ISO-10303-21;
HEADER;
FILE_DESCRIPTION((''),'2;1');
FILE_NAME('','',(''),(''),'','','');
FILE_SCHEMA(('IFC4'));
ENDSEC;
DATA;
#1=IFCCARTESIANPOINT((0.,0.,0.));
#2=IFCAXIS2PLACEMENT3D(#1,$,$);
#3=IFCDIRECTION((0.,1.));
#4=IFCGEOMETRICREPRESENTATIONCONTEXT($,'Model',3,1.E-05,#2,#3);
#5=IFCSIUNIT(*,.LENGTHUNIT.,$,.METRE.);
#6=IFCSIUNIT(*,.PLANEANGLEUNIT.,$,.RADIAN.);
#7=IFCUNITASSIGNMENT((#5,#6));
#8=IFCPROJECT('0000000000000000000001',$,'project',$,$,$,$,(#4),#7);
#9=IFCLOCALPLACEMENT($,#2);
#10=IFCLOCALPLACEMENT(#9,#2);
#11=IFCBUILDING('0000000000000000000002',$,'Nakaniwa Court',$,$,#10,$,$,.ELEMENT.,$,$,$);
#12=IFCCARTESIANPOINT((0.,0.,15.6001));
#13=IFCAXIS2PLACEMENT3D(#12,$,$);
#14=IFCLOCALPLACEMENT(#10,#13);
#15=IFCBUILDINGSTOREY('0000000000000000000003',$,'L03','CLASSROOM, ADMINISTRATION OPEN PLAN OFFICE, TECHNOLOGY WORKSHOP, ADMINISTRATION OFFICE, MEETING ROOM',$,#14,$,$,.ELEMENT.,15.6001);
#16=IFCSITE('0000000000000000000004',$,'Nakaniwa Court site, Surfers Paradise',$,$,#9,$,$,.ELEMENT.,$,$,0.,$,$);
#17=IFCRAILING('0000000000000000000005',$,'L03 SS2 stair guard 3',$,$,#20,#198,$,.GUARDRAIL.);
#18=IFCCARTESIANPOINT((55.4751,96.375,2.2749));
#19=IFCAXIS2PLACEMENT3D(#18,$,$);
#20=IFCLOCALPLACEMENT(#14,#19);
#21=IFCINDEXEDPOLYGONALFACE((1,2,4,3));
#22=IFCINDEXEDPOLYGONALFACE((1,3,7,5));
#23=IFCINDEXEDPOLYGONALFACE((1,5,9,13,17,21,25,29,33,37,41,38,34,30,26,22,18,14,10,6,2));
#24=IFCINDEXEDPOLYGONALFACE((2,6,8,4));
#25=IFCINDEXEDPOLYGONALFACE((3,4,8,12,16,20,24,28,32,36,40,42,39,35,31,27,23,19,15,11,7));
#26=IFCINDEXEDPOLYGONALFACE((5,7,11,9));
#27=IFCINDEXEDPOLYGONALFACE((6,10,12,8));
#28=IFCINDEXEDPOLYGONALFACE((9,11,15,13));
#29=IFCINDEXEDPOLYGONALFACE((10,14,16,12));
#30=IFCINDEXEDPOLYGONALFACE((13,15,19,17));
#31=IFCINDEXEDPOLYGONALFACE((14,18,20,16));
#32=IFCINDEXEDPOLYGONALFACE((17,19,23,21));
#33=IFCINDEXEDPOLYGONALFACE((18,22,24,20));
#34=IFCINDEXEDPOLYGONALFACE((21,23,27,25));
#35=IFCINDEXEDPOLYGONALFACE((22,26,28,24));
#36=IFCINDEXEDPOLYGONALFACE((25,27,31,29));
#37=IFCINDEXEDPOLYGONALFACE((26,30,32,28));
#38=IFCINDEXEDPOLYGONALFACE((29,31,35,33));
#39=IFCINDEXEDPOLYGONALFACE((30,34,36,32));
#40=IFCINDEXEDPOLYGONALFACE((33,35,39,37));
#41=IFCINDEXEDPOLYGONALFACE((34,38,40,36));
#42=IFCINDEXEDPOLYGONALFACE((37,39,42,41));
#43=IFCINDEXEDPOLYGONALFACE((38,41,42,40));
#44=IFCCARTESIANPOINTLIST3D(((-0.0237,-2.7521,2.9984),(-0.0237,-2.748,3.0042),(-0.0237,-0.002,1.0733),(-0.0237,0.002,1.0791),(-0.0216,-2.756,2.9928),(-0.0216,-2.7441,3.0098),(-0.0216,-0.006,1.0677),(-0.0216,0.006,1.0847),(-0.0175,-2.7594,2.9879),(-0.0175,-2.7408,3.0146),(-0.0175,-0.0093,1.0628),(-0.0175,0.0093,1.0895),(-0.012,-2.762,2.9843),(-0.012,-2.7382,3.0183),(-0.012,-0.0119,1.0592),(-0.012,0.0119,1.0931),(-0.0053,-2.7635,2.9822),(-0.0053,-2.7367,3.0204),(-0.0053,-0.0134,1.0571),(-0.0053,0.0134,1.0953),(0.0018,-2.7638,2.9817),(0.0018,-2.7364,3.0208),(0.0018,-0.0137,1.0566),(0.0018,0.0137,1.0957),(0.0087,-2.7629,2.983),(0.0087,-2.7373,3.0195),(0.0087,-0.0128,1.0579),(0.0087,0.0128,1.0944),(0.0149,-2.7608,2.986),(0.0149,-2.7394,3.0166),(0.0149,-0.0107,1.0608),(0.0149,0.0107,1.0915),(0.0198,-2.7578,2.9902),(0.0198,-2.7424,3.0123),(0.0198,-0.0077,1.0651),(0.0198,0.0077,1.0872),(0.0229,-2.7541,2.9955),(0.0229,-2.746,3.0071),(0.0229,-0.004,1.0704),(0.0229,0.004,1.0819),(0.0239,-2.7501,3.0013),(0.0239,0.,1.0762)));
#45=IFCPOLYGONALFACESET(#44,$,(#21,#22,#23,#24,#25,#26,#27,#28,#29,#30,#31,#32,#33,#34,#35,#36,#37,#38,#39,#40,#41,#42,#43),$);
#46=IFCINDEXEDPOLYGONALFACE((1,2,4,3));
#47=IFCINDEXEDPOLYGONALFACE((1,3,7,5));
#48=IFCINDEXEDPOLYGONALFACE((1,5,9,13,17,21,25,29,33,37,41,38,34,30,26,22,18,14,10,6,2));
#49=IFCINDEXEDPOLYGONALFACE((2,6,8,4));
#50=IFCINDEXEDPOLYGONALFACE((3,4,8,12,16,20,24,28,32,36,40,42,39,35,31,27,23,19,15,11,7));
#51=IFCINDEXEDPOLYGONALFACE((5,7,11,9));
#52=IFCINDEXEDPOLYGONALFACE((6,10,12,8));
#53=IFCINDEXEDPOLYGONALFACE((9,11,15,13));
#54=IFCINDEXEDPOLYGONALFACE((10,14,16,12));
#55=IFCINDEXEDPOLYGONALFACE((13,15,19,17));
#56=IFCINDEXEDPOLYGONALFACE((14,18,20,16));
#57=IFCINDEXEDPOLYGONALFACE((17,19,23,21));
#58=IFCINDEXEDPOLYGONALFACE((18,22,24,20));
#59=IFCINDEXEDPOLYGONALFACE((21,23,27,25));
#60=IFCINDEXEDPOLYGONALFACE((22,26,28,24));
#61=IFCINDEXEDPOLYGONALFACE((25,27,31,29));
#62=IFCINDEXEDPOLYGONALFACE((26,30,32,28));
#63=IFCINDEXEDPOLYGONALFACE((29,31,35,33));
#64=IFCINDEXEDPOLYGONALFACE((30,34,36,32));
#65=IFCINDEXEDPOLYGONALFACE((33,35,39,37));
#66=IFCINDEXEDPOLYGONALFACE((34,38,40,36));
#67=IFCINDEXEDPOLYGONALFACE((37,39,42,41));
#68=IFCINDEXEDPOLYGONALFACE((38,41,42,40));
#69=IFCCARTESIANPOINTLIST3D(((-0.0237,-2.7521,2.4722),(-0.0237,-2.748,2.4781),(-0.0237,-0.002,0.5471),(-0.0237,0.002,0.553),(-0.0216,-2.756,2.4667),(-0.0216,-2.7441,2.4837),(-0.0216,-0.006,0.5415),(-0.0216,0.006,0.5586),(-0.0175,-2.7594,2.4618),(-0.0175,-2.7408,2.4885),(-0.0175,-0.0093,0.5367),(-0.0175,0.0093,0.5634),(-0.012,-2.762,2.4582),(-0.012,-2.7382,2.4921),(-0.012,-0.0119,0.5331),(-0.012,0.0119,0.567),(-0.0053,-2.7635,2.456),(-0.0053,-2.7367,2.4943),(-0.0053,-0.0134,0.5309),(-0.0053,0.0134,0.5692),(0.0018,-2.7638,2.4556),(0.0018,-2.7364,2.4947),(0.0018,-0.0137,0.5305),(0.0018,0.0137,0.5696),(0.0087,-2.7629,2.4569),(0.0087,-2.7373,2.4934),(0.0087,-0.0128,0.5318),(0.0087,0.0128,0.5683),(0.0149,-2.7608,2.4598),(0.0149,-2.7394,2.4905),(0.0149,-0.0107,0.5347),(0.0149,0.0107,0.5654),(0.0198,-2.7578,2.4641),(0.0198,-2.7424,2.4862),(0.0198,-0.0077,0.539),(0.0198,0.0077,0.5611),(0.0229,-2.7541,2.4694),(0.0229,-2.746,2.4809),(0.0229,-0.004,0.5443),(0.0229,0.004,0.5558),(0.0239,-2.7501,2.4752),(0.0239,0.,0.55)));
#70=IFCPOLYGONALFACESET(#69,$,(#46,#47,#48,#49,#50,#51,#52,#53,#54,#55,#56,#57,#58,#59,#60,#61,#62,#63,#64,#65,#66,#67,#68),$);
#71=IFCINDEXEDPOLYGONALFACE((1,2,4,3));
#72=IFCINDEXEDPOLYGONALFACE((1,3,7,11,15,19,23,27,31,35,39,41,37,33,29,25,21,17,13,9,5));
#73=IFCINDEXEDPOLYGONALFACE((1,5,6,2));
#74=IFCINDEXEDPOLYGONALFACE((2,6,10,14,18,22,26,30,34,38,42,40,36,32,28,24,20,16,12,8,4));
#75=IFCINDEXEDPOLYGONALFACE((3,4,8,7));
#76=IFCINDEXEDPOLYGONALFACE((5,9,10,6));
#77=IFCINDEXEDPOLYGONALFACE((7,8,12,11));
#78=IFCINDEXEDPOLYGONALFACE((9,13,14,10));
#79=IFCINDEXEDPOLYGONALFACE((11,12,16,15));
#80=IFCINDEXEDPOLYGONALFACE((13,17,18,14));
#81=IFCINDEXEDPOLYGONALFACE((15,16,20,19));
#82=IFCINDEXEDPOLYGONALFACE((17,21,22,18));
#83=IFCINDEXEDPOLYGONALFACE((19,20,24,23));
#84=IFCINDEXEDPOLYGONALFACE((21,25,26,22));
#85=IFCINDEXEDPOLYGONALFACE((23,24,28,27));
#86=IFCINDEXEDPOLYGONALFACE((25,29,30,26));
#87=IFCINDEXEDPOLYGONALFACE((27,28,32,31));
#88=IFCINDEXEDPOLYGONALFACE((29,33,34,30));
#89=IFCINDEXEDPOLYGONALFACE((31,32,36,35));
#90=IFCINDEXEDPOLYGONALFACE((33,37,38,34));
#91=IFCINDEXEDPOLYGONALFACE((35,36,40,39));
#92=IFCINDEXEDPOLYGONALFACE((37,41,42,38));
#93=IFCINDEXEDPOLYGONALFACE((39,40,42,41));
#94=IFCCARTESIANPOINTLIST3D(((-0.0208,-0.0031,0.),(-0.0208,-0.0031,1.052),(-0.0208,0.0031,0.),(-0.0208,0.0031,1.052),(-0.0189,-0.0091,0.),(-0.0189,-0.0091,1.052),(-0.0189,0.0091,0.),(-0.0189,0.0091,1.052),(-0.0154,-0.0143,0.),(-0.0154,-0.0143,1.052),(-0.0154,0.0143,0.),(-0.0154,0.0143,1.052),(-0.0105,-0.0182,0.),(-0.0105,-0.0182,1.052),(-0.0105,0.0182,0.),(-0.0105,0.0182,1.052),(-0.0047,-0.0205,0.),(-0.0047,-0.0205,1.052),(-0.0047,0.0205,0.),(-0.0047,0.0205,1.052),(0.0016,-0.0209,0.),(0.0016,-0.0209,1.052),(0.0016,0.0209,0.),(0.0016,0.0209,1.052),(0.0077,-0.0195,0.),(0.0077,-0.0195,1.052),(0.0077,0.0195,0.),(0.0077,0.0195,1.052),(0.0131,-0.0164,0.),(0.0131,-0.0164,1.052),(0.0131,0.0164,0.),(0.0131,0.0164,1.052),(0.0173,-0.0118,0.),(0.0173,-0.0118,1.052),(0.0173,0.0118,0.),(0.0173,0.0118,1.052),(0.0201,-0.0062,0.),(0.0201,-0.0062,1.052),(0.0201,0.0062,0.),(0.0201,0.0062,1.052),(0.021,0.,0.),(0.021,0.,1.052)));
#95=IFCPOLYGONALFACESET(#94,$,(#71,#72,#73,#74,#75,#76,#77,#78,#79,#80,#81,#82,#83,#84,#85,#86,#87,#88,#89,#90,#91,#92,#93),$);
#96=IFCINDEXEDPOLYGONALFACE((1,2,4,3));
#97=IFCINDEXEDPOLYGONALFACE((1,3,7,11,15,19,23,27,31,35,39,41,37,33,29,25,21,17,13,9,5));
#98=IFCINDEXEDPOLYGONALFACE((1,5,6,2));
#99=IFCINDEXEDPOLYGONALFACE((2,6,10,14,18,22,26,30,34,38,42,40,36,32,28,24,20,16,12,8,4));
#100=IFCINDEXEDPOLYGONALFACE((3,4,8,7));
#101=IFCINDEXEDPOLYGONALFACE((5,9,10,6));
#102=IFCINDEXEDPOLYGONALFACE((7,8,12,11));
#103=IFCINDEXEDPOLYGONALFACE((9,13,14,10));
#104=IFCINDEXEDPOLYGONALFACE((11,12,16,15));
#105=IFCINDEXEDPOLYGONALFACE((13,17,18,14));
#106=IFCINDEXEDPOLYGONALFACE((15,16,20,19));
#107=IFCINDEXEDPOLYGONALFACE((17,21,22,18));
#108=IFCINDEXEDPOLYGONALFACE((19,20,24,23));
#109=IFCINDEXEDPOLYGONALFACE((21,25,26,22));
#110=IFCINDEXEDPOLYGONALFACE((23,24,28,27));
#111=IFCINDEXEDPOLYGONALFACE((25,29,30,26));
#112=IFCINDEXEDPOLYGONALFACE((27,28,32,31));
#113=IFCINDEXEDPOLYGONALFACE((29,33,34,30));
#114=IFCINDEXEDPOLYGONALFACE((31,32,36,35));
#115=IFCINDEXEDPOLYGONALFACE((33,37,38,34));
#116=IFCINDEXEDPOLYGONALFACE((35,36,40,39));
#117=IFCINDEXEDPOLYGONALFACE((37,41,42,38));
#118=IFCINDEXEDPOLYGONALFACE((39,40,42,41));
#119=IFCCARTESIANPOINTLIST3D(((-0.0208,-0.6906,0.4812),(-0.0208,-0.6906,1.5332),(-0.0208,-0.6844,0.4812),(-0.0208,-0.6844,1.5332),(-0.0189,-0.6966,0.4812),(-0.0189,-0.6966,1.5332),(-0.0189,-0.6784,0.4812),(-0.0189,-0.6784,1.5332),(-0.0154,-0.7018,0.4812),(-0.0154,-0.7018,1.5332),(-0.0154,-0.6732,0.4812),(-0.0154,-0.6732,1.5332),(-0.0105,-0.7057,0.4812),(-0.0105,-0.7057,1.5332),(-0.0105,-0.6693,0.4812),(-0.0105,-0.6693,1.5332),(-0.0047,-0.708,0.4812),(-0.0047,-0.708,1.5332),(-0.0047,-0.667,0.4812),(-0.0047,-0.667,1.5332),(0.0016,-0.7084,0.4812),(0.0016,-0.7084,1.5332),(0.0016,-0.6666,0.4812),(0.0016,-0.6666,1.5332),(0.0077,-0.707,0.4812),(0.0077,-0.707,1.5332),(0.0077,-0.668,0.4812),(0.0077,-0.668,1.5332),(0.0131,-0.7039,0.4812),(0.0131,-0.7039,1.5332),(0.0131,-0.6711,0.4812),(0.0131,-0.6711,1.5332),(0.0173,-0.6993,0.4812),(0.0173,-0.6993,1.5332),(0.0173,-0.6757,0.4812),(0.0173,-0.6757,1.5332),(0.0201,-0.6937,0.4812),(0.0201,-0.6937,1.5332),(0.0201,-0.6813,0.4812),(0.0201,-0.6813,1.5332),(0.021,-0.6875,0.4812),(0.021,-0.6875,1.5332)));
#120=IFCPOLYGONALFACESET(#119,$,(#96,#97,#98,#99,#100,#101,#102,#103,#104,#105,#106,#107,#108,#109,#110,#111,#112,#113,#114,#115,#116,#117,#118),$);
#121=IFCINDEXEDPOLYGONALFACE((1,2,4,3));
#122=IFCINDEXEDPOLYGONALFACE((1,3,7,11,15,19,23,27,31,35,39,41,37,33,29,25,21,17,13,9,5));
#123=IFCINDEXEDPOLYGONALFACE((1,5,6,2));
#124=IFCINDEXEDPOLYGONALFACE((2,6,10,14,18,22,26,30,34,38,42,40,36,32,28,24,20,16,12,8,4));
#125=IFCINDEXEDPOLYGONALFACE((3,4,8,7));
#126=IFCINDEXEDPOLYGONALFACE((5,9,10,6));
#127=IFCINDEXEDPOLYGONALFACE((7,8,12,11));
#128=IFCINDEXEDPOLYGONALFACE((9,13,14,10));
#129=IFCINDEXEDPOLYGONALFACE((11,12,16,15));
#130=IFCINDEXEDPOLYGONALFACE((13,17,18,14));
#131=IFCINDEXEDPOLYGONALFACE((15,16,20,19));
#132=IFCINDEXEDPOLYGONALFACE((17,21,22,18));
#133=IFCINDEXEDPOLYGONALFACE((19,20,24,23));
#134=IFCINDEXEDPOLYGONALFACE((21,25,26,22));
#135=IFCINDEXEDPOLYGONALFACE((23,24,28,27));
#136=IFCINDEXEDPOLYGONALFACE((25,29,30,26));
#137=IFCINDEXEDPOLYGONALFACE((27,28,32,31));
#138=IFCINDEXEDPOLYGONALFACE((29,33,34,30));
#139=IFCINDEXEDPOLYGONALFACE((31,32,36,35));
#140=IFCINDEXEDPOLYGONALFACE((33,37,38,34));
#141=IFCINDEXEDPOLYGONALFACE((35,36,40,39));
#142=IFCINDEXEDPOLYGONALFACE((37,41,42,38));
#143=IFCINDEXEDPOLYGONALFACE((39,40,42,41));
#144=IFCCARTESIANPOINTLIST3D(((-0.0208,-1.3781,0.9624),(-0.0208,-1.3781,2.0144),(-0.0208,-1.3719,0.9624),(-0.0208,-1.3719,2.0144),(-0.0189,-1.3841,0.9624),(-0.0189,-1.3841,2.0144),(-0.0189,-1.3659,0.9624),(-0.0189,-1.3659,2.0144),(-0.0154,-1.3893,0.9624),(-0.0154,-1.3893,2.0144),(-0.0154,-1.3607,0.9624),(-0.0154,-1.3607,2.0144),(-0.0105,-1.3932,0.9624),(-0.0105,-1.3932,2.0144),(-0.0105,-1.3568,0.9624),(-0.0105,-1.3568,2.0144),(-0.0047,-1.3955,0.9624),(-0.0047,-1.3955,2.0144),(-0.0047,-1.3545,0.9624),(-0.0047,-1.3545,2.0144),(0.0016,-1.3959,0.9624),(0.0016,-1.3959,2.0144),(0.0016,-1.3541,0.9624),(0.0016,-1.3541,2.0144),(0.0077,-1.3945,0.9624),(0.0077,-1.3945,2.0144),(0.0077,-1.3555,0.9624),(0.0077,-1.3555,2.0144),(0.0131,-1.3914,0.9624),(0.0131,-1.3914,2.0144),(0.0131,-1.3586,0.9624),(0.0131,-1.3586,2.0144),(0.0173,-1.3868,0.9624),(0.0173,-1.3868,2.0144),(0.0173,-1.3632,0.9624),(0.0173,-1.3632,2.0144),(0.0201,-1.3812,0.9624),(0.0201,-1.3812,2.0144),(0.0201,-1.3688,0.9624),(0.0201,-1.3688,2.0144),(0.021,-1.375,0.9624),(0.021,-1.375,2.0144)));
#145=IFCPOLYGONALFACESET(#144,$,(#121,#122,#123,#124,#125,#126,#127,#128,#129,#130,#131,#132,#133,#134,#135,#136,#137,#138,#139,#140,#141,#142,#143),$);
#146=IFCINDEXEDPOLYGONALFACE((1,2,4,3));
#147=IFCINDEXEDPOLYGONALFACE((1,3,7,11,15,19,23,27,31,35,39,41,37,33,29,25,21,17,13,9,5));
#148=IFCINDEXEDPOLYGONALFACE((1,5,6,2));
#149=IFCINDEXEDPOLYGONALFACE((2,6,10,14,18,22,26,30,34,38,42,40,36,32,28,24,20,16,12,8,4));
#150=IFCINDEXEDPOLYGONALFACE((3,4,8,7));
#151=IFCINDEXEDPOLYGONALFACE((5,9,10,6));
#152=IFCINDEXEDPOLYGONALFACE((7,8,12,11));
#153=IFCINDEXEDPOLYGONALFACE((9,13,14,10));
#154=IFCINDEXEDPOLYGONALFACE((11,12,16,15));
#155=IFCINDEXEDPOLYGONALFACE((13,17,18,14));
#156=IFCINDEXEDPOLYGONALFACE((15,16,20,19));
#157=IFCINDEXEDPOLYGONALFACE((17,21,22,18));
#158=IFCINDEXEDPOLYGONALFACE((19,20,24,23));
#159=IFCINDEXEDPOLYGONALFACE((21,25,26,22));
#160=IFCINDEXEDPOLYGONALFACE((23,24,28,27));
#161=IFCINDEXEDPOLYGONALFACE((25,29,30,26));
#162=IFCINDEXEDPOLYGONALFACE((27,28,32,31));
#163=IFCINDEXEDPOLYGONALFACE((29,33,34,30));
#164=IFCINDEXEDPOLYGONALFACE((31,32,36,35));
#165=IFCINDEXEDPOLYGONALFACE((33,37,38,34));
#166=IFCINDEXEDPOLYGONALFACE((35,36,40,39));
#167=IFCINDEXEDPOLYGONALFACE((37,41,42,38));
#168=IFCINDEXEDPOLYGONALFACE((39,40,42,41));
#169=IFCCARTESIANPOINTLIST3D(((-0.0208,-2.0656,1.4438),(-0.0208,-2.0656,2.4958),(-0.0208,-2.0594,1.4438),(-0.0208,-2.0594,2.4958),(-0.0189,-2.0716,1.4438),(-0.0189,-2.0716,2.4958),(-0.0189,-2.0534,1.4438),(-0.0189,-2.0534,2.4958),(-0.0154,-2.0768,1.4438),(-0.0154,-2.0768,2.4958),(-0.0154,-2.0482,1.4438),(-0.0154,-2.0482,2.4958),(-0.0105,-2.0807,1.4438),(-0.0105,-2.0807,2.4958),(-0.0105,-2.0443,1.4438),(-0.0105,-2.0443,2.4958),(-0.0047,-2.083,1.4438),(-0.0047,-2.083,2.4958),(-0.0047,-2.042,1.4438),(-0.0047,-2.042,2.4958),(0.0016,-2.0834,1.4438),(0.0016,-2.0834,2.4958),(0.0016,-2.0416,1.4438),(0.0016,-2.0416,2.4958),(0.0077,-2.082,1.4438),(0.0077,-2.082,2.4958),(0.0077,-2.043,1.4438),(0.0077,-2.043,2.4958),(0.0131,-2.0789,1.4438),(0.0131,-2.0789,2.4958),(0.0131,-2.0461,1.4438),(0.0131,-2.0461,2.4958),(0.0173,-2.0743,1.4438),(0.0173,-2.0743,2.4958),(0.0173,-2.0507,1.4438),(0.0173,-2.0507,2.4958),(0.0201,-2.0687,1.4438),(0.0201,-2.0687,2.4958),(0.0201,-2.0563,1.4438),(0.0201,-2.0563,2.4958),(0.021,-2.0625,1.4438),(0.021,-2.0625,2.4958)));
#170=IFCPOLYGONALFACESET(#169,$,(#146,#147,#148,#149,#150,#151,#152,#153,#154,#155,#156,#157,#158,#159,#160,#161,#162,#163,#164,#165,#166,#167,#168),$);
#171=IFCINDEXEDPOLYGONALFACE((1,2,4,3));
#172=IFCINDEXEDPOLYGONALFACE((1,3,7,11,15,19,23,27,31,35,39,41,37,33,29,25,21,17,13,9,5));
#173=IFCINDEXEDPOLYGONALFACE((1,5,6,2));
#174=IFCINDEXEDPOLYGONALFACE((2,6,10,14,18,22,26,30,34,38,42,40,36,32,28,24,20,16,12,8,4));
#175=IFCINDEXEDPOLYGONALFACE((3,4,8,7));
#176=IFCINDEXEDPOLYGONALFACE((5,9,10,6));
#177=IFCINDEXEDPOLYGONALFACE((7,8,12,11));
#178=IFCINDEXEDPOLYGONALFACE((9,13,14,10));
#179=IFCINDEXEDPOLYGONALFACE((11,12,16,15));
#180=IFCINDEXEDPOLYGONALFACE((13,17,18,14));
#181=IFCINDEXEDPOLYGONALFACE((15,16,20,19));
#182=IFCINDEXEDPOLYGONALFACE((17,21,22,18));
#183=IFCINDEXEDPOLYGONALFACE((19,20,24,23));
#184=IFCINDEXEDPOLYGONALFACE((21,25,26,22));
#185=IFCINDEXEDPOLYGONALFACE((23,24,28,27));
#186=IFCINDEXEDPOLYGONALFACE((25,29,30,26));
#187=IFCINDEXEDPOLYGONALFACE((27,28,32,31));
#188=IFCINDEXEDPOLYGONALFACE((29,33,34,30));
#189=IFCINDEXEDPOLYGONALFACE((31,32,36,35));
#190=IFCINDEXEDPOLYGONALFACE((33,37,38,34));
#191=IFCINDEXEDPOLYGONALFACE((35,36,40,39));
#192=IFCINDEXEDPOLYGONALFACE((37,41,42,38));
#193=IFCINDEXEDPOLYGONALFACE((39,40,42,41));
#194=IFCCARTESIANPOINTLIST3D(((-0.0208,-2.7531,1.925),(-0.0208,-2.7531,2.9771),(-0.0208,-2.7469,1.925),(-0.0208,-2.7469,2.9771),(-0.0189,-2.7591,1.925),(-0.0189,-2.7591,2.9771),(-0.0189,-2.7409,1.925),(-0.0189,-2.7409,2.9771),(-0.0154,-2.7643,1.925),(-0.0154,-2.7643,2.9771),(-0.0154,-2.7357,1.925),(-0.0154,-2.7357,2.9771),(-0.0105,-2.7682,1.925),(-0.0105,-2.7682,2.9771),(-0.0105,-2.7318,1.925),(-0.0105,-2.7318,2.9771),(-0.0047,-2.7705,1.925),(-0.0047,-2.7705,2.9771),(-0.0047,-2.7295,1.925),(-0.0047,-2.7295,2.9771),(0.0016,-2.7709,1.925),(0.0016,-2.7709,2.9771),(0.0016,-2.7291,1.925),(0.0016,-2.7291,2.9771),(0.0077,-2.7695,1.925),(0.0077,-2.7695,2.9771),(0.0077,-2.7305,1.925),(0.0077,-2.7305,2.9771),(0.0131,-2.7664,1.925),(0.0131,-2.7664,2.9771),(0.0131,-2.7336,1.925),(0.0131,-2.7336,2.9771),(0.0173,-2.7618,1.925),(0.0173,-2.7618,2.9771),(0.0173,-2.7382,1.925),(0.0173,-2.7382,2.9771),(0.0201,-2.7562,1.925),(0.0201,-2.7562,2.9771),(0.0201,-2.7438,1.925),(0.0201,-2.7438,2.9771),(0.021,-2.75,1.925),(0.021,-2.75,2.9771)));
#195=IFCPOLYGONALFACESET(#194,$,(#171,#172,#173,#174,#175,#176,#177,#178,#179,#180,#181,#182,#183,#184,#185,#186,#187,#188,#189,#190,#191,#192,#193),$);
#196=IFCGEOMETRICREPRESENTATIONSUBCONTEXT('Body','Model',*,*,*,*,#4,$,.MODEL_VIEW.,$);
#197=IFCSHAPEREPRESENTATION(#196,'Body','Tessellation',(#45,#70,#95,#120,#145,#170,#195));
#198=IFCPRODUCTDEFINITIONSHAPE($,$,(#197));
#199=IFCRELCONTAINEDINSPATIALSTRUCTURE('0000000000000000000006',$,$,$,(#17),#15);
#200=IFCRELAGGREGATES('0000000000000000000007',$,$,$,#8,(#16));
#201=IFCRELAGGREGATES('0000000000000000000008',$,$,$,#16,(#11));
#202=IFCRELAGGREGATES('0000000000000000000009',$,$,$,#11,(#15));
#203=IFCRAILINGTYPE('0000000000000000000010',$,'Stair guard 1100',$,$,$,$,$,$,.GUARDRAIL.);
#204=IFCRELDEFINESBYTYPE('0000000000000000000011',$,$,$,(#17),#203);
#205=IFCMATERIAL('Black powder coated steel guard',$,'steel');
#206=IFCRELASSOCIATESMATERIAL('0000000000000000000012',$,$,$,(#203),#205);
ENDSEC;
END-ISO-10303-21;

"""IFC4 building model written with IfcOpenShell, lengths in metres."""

from ifc_helpers import new_model, si_unit, direction, frame, origin, origin_2d, place, context, subcontext, project, spatial, circle, extrude, material, type_object, element, save


model = new_model("IFC4")

# Units and contexts
model_context = context("Model", 3, precision=1e-05, world=origin(), true_north=direction((0.0, 1.0)))
body_context = subcontext(model_context, "Body", "Model", "MODEL_VIEW")
ifc_project = project(units=[si_unit("LENGTHUNIT", "METRE"), si_unit("PLANEANGLEUNIT", "RADIAN")], contexts=[model_context])

# Site, building, storey
site_placement = place(None, origin())
site = spatial("IfcSite", under=ifc_project, at=site_placement, Name="Nakaniwa Court site, Surfers Paradise", CompositionType="ELEMENT", RefElevation=0.0)
building_placement = place(site_placement, origin())
building = spatial("IfcBuilding", under=site, at=building_placement, Name="Nakaniwa Court", CompositionType="ELEMENT")
storey_placement = place(building_placement, frame((0.0, 0.0, 15.6001)))
storey = spatial("IfcBuildingStorey", under=building, at=storey_placement, Name="L03", Description="CLASSROOM, ADMINISTRATION OPEN PLAN OFFICE, TECHNOLOGY WORKSHOP, ADMINISTRATION OFFICE, MEETING ROOM", CompositionType="ELEMENT", Elevation=15.6001)

# Railing
ifc_material_1 = material(Name="Black powder coated steel guard", Category="steel")
railing_type = type_object("IfcRailingType", Name="Stair guard 1100", PredefinedType="GUARDRAIL", material=ifc_material_1)
railing_1_placement = place(storey_placement, frame((55.4751, 96.375, 2.2749)))
element("IfcRailing", 1, at=railing_1_placement, inside=storey, type_object=railing_type, Name="L03 SS2 stair guard 3", PredefinedType="GUARDRAIL", context=body_context, shape_type="SweptSolid", body=[
    extrude(circle(Radius=0.0239, at=origin_2d()), frame((0.0, 0.0, 1.0762), z_axis=(0.0, -0.819225, 0.573472), x_axis=(1.0, 0.0, 0.0)), (0.0, 0.0, 1.0), 3.3569),
    extrude(circle(Radius=0.0239, at=origin_2d()), frame((0.0, 0.0, 0.55), z_axis=(0.0, -0.819225, 0.573472), x_axis=(1.0, 0.0, 0.0)), (0.0, 0.0, 1.0), 3.3569),
    extrude(circle(Radius=0.021, at=origin_2d()), origin(), (0.0, 0.0, 1.0), 1.052),
    extrude(circle(Radius=0.021, at=origin_2d()), frame((0.0, -0.6875, 0.4812)), (0.0, 0.0, 1.0), 1.052),
    extrude(circle(Radius=0.021, at=origin_2d()), frame((0.0, -1.375, 0.9624)), (0.0, 0.0, 1.0), 1.052),
    extrude(circle(Radius=0.021, at=origin_2d()), frame((0.0, -2.0625, 1.4438)), (0.0, 0.0, 1.0), 1.052),
    extrude(circle(Radius=0.021, at=origin_2d()), frame((0.0, -2.75, 1.925)), (0.0, 0.0, 1.0), 1.052),
])

save(model, "model.ifc")
